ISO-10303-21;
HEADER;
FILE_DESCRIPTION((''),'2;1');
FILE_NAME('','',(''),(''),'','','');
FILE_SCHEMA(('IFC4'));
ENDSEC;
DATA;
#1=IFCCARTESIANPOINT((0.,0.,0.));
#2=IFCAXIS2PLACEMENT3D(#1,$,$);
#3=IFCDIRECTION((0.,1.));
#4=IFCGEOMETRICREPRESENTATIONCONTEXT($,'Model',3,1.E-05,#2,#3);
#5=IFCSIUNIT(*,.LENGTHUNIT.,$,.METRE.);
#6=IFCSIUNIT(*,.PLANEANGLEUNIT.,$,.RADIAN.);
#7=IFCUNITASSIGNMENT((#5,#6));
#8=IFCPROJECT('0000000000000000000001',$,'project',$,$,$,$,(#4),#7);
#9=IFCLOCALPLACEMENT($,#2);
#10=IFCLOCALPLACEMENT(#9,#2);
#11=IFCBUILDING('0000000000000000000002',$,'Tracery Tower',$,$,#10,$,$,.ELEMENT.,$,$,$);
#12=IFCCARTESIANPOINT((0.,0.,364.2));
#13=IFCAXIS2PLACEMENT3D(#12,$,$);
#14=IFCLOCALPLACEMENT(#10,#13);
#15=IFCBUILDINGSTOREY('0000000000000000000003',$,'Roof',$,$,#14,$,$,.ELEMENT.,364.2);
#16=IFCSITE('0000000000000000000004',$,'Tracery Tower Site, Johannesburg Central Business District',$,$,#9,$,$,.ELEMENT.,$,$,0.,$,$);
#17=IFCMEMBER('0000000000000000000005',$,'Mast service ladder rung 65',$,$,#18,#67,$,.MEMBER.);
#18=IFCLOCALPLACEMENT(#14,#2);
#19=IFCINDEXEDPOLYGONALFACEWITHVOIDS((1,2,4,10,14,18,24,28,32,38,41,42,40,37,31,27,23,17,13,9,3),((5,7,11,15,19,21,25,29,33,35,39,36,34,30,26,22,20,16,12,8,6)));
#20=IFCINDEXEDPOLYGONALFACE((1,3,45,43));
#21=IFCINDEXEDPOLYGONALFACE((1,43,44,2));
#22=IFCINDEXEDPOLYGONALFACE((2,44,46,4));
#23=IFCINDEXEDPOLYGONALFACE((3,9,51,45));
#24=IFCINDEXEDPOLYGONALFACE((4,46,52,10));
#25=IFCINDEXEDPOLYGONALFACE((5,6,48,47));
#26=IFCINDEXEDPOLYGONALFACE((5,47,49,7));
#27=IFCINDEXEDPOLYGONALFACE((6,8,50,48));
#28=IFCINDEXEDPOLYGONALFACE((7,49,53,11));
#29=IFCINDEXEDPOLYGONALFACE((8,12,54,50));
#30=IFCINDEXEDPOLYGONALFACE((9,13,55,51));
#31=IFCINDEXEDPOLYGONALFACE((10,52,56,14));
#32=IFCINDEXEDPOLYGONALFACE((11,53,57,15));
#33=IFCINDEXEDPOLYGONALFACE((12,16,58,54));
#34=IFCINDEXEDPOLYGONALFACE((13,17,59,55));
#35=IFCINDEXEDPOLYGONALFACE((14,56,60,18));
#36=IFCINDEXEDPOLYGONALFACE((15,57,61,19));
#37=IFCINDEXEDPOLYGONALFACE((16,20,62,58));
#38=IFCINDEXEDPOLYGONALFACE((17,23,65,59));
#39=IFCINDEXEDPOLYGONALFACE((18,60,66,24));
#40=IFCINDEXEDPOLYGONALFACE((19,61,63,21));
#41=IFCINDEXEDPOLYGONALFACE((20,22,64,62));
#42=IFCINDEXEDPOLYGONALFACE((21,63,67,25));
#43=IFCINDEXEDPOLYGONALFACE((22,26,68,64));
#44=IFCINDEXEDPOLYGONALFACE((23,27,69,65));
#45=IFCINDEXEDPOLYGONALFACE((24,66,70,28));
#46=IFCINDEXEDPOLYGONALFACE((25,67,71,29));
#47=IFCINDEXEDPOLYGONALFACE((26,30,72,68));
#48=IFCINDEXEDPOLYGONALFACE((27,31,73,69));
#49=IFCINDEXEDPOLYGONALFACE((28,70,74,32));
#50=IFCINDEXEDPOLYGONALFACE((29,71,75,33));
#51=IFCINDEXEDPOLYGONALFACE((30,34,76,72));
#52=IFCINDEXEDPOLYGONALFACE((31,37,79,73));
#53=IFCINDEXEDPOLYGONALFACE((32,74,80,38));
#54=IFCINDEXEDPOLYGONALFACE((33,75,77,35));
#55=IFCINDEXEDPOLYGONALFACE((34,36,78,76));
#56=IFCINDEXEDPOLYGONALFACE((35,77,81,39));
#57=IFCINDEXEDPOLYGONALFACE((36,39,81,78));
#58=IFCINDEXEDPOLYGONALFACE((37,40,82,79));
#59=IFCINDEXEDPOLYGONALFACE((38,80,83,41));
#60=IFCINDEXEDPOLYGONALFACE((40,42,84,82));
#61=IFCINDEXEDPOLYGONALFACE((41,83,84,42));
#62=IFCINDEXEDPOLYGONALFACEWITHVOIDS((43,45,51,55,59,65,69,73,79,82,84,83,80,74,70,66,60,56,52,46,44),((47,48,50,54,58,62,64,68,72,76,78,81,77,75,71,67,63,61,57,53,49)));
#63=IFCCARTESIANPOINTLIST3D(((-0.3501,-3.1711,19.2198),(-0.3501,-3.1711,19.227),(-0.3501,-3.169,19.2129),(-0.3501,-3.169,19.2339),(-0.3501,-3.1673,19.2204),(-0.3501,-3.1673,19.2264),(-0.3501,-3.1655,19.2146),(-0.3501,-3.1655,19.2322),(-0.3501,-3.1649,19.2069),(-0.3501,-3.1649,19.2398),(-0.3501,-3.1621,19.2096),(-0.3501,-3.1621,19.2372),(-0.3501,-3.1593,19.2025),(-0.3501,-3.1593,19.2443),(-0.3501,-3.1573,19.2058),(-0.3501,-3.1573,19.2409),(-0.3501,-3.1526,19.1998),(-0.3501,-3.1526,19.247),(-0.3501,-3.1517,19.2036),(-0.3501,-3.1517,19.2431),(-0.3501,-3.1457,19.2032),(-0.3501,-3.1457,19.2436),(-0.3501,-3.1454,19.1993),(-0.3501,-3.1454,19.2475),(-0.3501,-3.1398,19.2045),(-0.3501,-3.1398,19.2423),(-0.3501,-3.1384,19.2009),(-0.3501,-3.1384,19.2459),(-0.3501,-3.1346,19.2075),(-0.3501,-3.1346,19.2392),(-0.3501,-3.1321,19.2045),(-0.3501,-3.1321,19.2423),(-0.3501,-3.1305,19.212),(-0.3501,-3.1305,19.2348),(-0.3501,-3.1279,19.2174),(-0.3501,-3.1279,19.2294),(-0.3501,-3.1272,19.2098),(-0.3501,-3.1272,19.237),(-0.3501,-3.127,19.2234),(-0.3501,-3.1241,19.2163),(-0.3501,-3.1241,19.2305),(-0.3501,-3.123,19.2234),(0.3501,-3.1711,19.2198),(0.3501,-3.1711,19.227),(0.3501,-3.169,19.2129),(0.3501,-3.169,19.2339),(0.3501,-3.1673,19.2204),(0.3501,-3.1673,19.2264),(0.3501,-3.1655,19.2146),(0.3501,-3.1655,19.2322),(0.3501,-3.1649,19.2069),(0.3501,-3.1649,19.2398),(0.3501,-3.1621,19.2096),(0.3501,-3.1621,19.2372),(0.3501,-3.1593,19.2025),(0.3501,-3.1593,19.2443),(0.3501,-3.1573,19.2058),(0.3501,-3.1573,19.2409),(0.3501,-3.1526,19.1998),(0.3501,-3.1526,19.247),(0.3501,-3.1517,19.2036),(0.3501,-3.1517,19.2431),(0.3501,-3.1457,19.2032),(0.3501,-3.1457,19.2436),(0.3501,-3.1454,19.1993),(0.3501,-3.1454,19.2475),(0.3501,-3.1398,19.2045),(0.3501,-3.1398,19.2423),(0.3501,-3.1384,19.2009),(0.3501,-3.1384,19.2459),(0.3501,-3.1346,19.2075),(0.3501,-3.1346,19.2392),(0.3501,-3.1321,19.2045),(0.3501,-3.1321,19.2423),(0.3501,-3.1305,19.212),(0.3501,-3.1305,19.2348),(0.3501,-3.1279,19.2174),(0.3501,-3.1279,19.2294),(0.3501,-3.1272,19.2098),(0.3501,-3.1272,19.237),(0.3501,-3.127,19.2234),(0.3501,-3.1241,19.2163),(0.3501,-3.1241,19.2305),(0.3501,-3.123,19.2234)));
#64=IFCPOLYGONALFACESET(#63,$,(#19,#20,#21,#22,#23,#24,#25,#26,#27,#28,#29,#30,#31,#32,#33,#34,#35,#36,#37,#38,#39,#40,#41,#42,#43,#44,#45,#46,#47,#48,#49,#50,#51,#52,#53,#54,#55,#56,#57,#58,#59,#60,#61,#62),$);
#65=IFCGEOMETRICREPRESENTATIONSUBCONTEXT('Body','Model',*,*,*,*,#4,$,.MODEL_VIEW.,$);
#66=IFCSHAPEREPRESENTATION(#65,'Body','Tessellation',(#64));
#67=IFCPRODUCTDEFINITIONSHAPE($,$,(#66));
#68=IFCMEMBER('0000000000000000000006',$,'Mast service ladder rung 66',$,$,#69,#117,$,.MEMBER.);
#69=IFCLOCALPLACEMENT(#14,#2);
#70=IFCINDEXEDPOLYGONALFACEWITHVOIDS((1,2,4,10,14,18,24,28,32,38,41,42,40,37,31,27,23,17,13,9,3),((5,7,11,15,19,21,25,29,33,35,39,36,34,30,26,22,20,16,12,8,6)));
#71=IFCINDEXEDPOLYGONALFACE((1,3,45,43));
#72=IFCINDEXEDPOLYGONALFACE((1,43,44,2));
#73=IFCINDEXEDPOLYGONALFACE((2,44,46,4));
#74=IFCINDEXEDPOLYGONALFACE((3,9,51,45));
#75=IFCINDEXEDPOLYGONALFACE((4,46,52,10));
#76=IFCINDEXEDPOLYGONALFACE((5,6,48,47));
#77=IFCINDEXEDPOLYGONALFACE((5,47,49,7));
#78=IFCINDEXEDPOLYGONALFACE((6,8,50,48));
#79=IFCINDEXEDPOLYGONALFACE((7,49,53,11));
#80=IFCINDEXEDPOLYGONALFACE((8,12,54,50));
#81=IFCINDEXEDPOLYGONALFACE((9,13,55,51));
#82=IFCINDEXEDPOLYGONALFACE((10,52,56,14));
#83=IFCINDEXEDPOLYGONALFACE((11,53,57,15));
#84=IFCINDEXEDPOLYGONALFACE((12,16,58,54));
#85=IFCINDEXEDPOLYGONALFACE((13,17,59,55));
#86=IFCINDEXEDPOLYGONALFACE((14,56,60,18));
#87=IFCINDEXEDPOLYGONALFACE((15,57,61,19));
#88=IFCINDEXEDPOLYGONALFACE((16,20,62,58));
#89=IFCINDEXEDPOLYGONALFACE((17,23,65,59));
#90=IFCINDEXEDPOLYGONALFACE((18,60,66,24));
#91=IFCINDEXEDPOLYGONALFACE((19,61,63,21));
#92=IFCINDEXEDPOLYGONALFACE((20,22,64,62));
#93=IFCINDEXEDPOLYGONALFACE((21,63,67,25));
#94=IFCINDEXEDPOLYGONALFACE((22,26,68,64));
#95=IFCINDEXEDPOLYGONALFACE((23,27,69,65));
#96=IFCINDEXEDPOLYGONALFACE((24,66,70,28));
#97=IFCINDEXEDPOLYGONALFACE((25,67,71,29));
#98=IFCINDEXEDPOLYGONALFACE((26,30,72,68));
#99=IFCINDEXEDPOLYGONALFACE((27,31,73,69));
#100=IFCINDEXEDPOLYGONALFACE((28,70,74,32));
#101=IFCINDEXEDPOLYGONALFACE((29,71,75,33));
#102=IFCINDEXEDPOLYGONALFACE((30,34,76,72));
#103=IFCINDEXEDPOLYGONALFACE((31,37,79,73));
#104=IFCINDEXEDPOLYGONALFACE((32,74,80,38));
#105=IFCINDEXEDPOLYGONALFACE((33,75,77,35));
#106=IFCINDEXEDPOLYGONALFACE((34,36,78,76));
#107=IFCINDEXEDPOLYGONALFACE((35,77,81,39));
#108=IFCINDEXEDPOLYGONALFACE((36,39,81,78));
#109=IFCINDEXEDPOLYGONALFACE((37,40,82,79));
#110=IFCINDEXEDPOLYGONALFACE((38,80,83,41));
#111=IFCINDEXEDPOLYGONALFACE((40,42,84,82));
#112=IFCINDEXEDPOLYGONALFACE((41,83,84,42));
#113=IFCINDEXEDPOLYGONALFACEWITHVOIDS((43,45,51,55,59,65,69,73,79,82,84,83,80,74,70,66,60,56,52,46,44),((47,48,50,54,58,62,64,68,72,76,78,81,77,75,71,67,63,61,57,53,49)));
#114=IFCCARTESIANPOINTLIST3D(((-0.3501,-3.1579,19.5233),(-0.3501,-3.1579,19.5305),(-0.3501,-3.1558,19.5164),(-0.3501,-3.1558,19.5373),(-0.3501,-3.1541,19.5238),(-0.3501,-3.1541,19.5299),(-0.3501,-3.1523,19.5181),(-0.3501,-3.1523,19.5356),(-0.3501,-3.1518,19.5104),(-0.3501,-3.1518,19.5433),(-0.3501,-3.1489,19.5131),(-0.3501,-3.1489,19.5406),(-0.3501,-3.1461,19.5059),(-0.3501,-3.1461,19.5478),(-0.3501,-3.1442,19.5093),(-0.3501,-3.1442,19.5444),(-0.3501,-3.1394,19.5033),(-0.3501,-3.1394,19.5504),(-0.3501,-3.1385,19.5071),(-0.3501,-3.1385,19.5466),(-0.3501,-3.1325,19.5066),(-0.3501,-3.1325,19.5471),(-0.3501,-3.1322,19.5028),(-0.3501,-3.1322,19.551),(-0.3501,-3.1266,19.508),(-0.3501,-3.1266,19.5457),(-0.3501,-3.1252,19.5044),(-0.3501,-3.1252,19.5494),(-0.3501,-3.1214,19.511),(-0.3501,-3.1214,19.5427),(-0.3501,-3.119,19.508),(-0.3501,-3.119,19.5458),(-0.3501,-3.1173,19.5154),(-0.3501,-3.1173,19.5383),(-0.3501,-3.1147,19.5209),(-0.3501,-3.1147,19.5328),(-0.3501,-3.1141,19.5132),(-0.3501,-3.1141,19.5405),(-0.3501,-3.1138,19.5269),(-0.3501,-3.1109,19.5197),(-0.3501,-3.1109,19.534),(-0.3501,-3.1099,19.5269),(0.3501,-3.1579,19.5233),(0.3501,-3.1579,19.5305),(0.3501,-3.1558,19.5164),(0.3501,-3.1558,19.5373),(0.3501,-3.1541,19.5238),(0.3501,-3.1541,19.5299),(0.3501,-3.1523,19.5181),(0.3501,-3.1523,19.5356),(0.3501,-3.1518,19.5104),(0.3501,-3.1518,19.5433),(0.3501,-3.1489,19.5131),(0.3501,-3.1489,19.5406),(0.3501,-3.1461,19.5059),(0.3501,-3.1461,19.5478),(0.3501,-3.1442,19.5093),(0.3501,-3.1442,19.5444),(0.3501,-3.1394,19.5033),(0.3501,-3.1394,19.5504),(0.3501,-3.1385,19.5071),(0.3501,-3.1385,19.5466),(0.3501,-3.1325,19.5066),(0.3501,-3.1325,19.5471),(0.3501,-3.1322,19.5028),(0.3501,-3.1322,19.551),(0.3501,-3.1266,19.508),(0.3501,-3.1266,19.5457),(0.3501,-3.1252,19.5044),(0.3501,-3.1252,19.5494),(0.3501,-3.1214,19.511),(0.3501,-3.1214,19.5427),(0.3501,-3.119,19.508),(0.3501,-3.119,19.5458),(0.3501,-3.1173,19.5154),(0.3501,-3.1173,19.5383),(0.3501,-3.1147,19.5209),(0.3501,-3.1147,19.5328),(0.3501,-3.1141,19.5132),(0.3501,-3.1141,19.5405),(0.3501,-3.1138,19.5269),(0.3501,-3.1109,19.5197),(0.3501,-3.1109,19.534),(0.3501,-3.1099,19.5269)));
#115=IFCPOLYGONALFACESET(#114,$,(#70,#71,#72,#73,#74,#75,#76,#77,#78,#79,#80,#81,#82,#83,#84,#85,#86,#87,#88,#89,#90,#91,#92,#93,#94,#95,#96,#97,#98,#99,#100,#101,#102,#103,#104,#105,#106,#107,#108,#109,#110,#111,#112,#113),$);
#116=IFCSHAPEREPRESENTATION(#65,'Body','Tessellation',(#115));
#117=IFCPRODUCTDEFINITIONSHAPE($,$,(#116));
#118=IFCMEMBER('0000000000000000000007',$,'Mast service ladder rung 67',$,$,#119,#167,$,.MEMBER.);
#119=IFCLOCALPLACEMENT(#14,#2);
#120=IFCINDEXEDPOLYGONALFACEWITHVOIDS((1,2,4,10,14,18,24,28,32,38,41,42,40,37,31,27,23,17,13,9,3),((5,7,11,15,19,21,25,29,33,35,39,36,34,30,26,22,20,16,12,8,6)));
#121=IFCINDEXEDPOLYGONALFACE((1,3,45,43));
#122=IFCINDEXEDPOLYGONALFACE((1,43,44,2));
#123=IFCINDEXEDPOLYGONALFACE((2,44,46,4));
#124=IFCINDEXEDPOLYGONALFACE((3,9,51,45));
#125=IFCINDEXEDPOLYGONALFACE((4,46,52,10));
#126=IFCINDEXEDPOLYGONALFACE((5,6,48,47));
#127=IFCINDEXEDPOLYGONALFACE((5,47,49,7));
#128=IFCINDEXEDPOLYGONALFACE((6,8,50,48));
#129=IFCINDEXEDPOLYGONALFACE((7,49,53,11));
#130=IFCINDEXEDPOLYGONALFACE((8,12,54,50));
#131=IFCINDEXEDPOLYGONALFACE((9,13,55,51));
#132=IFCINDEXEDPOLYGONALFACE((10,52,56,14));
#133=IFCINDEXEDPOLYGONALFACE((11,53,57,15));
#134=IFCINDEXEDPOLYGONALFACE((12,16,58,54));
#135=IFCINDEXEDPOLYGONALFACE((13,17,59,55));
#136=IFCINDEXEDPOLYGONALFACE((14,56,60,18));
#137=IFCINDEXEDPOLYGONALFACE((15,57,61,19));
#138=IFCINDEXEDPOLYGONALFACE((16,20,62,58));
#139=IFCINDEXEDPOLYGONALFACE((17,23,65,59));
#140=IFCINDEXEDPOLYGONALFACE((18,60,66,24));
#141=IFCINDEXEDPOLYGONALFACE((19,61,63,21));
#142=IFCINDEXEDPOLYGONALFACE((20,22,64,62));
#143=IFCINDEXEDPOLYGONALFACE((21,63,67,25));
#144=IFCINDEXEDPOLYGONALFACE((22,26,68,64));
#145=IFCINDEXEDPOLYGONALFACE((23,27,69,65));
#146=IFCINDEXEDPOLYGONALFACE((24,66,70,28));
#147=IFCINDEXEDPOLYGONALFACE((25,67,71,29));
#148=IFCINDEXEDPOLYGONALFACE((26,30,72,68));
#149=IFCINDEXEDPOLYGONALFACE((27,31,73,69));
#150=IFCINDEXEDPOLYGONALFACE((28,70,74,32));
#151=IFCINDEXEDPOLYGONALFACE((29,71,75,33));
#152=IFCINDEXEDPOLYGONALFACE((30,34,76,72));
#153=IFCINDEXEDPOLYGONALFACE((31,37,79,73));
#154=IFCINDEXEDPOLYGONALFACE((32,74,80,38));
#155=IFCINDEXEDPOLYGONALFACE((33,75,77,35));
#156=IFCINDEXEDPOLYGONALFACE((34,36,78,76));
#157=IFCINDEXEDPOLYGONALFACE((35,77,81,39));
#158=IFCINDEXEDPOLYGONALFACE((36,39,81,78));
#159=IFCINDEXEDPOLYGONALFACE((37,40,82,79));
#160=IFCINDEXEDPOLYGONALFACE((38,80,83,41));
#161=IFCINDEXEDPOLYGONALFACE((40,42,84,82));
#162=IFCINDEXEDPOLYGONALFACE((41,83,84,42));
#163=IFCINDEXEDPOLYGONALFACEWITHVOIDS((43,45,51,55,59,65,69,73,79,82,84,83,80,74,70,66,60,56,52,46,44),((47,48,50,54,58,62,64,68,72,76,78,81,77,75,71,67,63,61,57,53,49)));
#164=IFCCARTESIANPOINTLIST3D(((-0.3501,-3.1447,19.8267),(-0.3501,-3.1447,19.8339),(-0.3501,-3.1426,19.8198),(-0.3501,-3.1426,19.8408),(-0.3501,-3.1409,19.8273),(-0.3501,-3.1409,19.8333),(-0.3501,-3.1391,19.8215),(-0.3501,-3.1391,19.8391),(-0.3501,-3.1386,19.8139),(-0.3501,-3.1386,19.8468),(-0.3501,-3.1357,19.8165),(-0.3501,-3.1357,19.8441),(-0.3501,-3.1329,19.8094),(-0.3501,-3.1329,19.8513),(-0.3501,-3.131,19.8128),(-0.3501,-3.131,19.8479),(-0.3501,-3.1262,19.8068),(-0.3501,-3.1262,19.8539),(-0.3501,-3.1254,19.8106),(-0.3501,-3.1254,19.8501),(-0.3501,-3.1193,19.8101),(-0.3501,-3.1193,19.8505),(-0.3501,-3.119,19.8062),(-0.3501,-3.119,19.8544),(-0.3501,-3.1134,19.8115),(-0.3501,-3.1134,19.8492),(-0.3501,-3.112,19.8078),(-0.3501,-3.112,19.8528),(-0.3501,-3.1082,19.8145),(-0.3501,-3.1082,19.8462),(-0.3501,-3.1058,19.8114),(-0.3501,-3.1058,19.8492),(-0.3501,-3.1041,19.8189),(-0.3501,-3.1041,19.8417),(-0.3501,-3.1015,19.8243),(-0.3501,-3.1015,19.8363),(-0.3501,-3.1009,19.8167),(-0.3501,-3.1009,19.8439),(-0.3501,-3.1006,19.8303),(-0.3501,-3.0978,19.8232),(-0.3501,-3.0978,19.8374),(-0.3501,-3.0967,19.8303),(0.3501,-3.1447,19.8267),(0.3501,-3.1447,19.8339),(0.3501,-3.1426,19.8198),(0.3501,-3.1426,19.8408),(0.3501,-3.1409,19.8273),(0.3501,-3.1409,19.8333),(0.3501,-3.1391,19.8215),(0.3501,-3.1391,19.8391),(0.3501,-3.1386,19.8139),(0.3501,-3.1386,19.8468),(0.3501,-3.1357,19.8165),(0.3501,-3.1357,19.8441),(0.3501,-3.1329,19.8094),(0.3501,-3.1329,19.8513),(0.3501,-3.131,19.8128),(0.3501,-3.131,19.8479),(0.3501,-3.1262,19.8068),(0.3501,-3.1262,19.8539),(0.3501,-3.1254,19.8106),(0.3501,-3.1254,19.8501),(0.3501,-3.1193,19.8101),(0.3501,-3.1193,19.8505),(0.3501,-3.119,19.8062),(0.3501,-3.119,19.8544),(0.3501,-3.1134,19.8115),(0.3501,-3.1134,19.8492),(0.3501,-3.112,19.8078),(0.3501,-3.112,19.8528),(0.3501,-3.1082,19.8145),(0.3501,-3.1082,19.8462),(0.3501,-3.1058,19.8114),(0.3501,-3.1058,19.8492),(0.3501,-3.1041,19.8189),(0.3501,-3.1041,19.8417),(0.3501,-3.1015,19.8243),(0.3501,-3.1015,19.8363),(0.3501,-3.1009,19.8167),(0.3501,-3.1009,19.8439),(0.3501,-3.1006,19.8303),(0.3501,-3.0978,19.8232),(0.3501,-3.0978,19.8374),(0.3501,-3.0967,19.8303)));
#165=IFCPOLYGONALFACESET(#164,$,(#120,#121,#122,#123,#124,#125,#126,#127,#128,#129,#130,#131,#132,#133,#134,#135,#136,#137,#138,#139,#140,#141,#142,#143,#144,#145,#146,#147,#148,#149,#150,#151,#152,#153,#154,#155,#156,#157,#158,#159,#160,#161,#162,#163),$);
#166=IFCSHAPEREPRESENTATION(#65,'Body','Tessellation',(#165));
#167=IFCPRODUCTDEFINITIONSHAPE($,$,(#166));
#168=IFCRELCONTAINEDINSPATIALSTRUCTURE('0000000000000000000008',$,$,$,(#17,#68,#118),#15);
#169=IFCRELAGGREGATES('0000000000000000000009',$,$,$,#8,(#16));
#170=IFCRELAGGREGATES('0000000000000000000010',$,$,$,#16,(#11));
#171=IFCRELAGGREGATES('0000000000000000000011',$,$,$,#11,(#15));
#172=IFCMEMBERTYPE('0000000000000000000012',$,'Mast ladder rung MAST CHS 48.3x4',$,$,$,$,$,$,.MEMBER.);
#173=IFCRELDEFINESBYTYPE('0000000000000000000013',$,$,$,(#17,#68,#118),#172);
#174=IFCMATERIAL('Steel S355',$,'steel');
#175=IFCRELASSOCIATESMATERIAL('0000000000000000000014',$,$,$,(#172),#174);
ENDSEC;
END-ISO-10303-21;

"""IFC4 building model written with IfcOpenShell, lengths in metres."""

from ifc_helpers import new_model, si_unit, direction, frame, origin, origin_2d, place, context, subcontext, project, spatial, hollow_circle, extrude, material, material_profile, profile_set, type_object, element, save


model = new_model("IFC4")

# Units and contexts
model_context = context("Model", 3, precision=1e-05, world=origin(), true_north=direction((0.0, 1.0)))
body_context = subcontext(model_context, "Body", "Model", "MODEL_VIEW")
ifc_project = project(units=[si_unit("LENGTHUNIT", "METRE"), si_unit("PLANEANGLEUNIT", "RADIAN")], contexts=[model_context])

# Site, building, storey
site_placement = place(None, origin())
site = spatial("IfcSite", under=ifc_project, at=site_placement, Name="Tracery Tower Site, Johannesburg Central Business District", CompositionType="ELEMENT", RefElevation=0.0)
building_placement = place(site_placement, origin())
building = spatial("IfcBuilding", under=site, at=building_placement, Name="Tracery Tower", CompositionType="ELEMENT")
storey_placement = place(building_placement, frame((0.0, 0.0, 364.2)))
storey = spatial("IfcBuildingStorey", under=building, at=storey_placement, Name="Roof", CompositionType="ELEMENT", Elevation=364.2)

# Members
ifc_material_1 = material(Name="Steel S355", Category="steel")
ifc_material_profile_1 = material_profile(ifc_material_1, hollow_circle(Radius=0.0242, WallThickness=0.0039, at=origin_2d()), Name="CHS 48.3x4")
ifc_profile_set_1 = profile_set([ifc_material_profile_1], Name="Steel S355")
member_type_1 = type_object("IfcMemberType", Name="Mast ladder rung MAST CHS 48.3x4", PredefinedType="MEMBER", material=ifc_profile_set_1)
for number, where, z_axis, x_axis, name in (
    (1, (-0.3501, -3.1472, 19.2234), (1.0, 0.0, 0.0), (0.0, 1.0, 0.0), "Mast service ladder rung 65"),
    (2, (-0.3501, -3.134, 19.5269), (1.0, 0.0, 0.0), (0.0, 1.0, 0.0), "Mast service ladder rung 66"),
    (3, (-0.3501, -3.1208, 19.8303), (1.0, 0.0, 0.0), (0.0, 1.0, 0.0), "Mast service ladder rung 67"),
):
    element("IfcMember", number, at=place(storey_placement, frame(where, z_axis=z_axis, x_axis=x_axis)), inside=storey, type_object=member_type_1, Name=name, PredefinedType="MEMBER", context=body_context, shape_type="SweptSolid", body=[
        extrude(hollow_circle(Radius=0.0242, WallThickness=0.0039, at=origin_2d()), origin(), (0.0, 0.0, 1.0), 0.7002),
    ])

save(model, "model.ifc")
